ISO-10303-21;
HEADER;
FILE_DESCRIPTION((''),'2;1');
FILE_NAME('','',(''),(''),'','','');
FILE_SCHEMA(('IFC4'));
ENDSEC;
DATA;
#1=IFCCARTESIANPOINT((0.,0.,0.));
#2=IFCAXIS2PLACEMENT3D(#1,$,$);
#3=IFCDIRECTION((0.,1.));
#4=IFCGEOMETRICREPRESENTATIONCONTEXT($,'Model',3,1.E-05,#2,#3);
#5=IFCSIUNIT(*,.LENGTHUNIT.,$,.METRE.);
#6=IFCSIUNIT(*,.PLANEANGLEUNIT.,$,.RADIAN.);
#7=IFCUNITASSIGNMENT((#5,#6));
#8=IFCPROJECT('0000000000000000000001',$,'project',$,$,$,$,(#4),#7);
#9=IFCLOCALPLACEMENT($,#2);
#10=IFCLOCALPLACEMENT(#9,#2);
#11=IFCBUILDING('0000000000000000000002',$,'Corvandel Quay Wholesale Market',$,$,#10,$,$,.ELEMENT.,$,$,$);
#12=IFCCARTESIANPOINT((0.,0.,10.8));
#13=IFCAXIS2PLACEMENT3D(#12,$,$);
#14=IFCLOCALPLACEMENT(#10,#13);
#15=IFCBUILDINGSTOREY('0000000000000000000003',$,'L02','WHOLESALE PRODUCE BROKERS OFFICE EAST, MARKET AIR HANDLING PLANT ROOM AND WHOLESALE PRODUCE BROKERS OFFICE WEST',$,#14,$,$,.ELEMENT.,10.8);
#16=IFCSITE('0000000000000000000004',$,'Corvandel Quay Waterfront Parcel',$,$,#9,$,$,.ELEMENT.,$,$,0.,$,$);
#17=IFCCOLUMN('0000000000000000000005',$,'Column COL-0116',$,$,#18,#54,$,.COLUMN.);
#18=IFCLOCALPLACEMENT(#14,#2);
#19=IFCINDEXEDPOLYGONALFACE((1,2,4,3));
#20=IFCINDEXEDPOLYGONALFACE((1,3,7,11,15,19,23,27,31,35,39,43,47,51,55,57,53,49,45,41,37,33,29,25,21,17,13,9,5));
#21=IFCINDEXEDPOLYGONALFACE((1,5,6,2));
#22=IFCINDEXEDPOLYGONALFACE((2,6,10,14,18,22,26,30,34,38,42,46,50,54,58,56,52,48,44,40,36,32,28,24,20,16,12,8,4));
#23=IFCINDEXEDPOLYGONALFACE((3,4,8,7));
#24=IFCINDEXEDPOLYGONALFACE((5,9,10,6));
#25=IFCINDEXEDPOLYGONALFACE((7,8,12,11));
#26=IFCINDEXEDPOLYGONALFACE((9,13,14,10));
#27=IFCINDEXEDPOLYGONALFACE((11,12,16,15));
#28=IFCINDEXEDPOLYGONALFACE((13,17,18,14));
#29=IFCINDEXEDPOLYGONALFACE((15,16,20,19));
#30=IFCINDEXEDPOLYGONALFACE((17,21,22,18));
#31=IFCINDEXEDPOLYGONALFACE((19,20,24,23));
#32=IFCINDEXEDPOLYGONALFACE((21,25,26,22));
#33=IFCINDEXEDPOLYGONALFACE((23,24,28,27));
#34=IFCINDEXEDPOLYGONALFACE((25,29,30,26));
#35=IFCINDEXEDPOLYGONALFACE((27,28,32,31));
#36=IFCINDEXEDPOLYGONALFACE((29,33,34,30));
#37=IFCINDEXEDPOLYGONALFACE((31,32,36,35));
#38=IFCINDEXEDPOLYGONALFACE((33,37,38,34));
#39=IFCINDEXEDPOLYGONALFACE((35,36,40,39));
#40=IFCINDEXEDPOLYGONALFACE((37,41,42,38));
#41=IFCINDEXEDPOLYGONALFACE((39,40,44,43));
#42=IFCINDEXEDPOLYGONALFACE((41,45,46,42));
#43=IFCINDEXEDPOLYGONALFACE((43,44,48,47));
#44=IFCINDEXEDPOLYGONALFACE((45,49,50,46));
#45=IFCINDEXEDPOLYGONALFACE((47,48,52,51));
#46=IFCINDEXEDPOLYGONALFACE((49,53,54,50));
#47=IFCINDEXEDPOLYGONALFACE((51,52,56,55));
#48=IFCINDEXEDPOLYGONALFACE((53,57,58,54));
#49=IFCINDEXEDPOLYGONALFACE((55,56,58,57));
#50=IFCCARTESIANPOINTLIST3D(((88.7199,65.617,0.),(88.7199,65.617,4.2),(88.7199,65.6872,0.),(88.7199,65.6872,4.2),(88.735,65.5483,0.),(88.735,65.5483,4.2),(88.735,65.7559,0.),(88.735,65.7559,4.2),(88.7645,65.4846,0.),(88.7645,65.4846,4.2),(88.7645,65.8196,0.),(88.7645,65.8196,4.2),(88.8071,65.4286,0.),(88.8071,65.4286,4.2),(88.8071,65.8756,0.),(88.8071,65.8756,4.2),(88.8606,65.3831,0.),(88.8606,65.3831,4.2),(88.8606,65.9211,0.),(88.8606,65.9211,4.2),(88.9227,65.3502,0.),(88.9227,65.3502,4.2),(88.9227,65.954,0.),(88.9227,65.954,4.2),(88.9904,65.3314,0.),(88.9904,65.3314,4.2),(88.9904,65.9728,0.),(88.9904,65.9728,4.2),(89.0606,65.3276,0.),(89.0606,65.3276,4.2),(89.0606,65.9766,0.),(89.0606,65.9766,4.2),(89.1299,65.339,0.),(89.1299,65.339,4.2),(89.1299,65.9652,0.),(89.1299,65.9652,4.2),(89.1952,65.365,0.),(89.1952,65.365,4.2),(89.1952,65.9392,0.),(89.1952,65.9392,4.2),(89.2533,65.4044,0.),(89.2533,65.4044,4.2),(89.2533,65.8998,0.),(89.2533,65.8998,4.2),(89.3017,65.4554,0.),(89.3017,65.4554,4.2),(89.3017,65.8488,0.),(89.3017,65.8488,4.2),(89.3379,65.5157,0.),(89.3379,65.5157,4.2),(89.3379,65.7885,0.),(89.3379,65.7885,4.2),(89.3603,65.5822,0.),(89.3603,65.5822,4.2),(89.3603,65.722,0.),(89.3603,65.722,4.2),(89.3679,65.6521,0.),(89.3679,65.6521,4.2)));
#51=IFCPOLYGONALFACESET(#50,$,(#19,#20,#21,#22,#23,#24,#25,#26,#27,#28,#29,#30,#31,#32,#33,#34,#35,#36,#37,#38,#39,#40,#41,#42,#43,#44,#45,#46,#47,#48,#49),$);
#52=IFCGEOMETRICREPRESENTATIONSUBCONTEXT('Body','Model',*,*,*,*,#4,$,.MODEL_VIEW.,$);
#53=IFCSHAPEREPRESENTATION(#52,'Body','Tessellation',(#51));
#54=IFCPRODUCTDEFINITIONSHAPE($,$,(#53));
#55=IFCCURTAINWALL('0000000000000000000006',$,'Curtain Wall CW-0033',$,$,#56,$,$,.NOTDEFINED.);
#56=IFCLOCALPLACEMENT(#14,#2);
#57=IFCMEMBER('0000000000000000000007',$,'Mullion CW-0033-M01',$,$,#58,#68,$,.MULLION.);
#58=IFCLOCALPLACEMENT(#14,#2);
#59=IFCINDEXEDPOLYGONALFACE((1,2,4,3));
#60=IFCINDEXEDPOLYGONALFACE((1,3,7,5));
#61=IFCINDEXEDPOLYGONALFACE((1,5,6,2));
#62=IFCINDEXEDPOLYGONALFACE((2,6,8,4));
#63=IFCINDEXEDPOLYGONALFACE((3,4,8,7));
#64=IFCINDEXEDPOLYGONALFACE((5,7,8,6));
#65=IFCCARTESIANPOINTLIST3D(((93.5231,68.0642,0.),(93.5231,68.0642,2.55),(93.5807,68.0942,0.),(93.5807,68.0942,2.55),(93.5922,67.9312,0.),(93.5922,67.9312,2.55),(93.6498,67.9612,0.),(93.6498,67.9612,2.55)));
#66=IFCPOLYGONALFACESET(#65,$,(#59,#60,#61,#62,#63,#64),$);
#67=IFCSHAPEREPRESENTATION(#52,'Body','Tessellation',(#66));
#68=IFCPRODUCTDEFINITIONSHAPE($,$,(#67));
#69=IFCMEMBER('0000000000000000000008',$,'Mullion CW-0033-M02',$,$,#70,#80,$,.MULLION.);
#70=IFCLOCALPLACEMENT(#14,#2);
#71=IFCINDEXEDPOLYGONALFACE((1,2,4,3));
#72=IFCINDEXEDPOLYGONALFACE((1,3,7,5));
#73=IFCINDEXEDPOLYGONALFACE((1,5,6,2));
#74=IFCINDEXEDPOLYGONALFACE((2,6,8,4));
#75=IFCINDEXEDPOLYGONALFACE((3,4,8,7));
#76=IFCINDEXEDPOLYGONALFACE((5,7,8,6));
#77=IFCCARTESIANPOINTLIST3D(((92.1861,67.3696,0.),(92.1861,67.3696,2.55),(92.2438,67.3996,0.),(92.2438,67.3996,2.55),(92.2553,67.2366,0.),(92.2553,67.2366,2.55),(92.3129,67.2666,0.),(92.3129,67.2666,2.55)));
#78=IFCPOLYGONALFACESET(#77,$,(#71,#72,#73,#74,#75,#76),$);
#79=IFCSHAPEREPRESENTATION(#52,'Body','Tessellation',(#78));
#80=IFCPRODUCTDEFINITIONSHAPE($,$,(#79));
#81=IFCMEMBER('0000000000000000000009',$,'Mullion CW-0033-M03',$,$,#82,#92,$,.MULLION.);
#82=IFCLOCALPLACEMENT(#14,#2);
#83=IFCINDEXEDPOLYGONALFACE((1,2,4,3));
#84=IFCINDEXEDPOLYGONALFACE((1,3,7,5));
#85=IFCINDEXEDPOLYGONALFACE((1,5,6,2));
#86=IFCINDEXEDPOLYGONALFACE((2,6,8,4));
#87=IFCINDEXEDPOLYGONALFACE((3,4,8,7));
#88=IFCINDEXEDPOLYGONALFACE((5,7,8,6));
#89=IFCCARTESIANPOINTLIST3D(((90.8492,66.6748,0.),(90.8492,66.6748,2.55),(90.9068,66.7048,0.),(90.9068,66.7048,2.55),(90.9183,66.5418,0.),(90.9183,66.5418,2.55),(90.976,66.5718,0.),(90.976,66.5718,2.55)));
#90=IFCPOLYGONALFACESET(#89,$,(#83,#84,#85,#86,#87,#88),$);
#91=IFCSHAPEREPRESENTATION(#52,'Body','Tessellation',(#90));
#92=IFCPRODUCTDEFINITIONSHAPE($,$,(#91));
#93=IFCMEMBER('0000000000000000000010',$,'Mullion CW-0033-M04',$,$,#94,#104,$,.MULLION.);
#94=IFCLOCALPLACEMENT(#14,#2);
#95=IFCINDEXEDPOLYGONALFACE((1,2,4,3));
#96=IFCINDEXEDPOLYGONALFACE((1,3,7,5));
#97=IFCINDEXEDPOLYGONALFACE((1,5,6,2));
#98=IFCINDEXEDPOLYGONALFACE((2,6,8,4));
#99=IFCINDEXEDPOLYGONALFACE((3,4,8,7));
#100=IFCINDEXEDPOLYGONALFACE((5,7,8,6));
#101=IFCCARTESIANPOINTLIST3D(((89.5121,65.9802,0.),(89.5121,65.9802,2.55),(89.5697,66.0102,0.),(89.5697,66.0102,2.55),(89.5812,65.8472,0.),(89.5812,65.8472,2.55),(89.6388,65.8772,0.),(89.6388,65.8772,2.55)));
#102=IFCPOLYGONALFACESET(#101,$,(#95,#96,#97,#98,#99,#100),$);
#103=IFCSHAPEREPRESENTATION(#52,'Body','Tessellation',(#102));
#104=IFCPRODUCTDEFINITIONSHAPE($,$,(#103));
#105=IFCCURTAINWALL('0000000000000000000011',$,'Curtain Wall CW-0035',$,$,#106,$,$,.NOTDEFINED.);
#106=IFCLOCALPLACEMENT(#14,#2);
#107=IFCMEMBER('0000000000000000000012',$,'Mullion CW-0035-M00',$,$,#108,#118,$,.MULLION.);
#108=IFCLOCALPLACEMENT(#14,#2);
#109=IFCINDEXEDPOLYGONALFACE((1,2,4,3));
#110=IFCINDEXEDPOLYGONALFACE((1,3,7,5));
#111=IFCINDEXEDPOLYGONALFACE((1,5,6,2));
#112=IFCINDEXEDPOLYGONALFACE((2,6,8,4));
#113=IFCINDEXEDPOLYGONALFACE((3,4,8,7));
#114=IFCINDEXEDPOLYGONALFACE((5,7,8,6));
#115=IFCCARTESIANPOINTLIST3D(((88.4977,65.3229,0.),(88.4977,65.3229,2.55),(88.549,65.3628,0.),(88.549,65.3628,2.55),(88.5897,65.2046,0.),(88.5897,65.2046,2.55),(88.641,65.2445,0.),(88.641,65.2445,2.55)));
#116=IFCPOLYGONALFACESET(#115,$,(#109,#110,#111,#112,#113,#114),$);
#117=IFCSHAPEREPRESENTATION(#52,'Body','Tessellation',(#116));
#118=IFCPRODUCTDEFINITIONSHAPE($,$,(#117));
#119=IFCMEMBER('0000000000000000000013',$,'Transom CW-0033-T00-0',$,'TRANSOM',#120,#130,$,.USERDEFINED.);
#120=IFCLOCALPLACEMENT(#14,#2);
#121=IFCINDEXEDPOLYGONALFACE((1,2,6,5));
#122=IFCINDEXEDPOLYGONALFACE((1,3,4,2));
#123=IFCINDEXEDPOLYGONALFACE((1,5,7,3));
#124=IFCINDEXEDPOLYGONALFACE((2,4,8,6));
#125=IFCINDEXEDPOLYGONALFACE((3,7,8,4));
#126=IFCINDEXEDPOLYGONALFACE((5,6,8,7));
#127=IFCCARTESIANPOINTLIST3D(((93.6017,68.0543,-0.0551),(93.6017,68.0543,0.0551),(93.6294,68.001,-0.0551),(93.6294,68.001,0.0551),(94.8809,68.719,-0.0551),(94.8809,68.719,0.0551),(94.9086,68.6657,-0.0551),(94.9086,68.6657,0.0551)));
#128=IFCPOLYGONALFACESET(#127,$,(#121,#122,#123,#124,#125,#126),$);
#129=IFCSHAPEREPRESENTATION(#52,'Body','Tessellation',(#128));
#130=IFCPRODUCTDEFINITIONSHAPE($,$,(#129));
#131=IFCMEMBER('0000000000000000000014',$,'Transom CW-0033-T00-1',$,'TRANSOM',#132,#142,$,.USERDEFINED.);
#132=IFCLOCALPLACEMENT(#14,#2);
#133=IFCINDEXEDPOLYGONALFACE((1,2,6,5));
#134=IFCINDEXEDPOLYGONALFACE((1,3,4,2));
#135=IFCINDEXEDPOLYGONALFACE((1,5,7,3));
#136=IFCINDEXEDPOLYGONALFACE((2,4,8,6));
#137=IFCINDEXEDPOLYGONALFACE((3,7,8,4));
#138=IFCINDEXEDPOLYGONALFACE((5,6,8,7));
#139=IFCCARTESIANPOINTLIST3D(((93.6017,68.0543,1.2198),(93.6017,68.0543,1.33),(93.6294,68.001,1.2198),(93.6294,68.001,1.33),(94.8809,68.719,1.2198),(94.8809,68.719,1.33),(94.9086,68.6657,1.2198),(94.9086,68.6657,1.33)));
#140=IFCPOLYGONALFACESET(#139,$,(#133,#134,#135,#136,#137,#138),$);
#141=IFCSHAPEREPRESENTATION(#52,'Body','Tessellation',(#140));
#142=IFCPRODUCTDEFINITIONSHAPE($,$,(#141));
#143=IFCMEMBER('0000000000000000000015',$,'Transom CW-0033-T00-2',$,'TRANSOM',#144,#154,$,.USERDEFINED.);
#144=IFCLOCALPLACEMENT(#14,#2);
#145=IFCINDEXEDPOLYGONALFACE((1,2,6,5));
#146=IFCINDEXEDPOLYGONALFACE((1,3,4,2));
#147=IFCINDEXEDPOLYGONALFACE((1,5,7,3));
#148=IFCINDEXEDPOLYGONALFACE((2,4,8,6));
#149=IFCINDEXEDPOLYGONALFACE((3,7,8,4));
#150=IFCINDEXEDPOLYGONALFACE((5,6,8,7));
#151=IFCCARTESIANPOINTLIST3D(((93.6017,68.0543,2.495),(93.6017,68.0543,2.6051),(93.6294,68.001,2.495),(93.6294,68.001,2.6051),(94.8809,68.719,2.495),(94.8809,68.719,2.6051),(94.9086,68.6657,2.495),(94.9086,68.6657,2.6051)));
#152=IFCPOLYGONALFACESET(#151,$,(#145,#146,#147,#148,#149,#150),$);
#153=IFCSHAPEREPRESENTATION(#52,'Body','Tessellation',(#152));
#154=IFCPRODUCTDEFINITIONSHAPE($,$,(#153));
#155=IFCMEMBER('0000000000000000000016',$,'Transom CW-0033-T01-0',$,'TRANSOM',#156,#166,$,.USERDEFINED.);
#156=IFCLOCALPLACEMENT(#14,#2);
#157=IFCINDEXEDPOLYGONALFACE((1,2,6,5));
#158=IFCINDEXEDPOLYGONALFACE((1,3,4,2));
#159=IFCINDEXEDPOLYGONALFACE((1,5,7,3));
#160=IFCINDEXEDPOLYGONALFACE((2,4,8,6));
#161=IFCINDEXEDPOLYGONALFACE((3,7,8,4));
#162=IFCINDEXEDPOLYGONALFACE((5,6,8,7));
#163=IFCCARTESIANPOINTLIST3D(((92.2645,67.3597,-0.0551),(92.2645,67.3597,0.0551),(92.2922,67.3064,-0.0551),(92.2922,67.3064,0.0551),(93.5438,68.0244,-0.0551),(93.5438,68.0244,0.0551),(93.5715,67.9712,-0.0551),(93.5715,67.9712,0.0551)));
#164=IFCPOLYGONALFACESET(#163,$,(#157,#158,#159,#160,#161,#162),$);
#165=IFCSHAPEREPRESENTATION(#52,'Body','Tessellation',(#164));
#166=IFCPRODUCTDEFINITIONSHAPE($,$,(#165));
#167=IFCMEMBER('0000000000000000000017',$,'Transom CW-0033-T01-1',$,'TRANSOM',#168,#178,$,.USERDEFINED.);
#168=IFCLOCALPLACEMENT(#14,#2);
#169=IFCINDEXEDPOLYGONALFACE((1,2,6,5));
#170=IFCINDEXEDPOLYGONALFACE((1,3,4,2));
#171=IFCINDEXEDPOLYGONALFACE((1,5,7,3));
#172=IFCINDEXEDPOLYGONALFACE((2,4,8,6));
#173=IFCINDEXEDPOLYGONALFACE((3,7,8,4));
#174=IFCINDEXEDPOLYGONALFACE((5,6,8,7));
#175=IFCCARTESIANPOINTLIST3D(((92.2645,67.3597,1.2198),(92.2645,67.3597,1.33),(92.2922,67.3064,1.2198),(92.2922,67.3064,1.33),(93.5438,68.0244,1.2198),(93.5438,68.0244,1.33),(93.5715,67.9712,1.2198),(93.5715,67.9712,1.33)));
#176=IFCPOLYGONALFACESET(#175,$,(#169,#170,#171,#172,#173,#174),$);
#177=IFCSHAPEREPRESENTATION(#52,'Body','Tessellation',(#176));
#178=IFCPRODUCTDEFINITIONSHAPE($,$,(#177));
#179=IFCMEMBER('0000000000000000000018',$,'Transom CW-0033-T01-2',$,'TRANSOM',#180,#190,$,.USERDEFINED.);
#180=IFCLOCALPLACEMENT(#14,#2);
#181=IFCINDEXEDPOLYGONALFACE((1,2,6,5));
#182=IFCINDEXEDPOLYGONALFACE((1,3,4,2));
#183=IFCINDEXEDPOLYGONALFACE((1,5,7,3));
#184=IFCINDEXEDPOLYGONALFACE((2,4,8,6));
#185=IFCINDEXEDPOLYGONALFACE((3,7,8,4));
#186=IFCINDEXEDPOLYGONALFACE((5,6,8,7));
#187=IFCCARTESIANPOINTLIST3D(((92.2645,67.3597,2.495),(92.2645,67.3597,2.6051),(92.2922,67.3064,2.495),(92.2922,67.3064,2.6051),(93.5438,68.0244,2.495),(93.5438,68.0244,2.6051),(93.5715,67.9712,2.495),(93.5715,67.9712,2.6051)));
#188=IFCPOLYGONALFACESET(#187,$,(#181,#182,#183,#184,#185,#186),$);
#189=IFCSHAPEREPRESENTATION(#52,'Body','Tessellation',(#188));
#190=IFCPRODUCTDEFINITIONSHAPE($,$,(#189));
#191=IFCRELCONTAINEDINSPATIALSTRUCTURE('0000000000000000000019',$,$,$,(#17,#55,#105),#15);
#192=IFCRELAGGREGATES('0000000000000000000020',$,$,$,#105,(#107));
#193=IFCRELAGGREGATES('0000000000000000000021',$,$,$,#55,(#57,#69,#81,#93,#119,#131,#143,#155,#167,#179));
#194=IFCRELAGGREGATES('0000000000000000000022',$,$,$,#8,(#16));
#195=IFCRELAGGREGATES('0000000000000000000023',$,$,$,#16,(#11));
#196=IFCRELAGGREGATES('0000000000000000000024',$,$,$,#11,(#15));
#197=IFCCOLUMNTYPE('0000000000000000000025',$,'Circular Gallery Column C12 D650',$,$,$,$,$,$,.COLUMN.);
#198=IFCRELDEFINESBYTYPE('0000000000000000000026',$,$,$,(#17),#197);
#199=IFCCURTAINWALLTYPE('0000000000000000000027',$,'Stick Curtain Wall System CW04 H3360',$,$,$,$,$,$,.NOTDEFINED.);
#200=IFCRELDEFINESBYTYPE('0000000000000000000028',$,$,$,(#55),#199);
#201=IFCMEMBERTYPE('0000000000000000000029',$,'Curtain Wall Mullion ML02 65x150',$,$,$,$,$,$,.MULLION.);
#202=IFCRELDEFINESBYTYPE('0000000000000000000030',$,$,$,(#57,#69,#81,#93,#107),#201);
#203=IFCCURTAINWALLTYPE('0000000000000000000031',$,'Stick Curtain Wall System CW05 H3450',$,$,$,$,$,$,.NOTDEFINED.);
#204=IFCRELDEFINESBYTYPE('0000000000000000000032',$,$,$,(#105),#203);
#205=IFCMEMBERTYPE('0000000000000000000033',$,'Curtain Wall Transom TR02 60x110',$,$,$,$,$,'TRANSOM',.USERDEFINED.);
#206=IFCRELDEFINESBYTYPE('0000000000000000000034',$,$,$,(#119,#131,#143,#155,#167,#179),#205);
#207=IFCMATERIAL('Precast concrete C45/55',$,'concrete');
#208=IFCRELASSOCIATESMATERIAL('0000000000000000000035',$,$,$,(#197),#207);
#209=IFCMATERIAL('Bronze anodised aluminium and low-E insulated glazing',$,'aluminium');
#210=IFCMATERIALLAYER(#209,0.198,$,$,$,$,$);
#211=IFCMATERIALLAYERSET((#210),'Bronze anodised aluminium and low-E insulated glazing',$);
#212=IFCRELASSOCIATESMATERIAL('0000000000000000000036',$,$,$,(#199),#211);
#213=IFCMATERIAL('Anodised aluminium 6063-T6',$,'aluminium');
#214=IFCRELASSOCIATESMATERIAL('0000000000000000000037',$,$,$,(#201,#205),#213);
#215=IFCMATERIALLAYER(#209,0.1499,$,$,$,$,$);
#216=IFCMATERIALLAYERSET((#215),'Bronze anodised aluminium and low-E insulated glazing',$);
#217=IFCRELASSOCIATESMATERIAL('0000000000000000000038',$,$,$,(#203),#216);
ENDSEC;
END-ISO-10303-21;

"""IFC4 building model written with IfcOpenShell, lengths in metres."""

from ifc_helpers import new_model, si_unit, direction, frame, origin, origin_2d, place, context, subcontext, project, spatial, rectangle, circle, extrude, material, layer, layer_set, material_profile, profile_set, type_object, element, aggregate, save


model = new_model("IFC4")

# Units and contexts
model_context = context("Model", 3, precision=1e-05, world=origin(), true_north=direction((0.0, 1.0)))
body_context = subcontext(model_context, "Body", "Model", "MODEL_VIEW")
ifc_project = project(units=[si_unit("LENGTHUNIT", "METRE"), si_unit("PLANEANGLEUNIT", "RADIAN")], contexts=[model_context])

# Site, building, storey
site_placement = place(None, origin())
site = spatial("IfcSite", under=ifc_project, at=site_placement, Name="Corvandel Quay Waterfront Parcel", CompositionType="ELEMENT", RefElevation=0.0)
building_placement = place(site_placement, origin())
building = spatial("IfcBuilding", under=site, at=building_placement, Name="Corvandel Quay Wholesale Market", CompositionType="ELEMENT")
storey_placement = place(building_placement, frame((0.0, 0.0, 10.8)))
storey = spatial("IfcBuildingStorey", under=building, at=storey_placement, Name="L02", Description="WHOLESALE PRODUCE BROKERS OFFICE EAST, MARKET AIR HANDLING PLANT ROOM AND WHOLESALE PRODUCE BROKERS OFFICE WEST", CompositionType="ELEMENT", Elevation=10.8)

# Column
ifc_material_1 = material(Name="Precast concrete C45/55", Category="concrete")
ifc_material_profile_1 = material_profile(ifc_material_1, circle(Radius=0.325, at=origin_2d()), Name="PC-COL-D650")
ifc_profile_set_1 = profile_set([ifc_material_profile_1], Name="Precast concrete C45/55")
column_type = type_object("IfcColumnType", Name="Circular Gallery Column C12 D650", PredefinedType="COLUMN", material=ifc_profile_set_1)
column_placement = place(storey_placement, frame((89.043, 65.6521, 0.0), z_axis=(0.0, 0.0, 1.0), x_axis=(1.0, 0.0, 0.0)))
element("IfcColumn", 1, at=column_placement, inside=storey, type_object=column_type, Name="Column COL-0116", PredefinedType="COLUMN", context=body_context, shape_type="SweptSolid", body=[
    extrude(circle(Radius=0.325, at=origin_2d()), origin(), (0.0, 0.0, 1.0), 4.2),
])

# Curtain wall, members
ifc_material_2 = material(Name="Bronze anodised aluminium and low-E insulated glazing", Category="aluminium")
ifc_layer_1 = layer(ifc_material_2, 0.198)
ifc_layer_set_1 = layer_set([ifc_layer_1], Name="Bronze anodised aluminium and low-E insulated glazing")
curtain_wall_type_1 = type_object("IfcCurtainWallType", Name="Stick Curtain Wall System CW04 H3360", PredefinedType="NOTDEFINED", material=ifc_layer_set_1)
curtain_wall_1_placement = place(storey_placement, origin())
curtain_wall_1 = element("IfcCurtainWall", 2, at=curtain_wall_1_placement, inside=storey, type_object=curtain_wall_type_1, Name="Curtain Wall CW-0033", PredefinedType="NOTDEFINED")
ifc_material_3 = material(Name="Anodised aluminium 6063-T6", Category="aluminium")
ifc_material_profile_2 = material_profile(ifc_material_3, rectangle(XDim=0.0649, YDim=0.1499, at=origin_2d()), Name="ALU-MUL-65x150")
ifc_profile_set_2 = profile_set([ifc_material_profile_2], Name="Anodised aluminium 6063-T6")
member_type_1 = type_object("IfcMemberType", Name="Curtain Wall Mullion ML02 65x150", PredefinedType="MULLION", material=ifc_profile_set_2)
member_1_placement = place(storey_placement, frame((93.5864, 68.0127, 0.0), z_axis=(0.0, 0.0, 1.0), x_axis=(0.887333, 0.461129, 0.0)))
member_1 = element("IfcMember", 3, at=member_1_placement, type_object=member_type_1, Name="Mullion CW-0033-M01", PredefinedType="MULLION", context=body_context, shape_type="SweptSolid", body=[
    extrude(rectangle(XDim=0.0649, YDim=0.1499, at=origin_2d()), origin(), (0.0, 0.0, 1.0), 2.55),
])
member_2_placement = place(storey_placement, frame((92.2495, 67.3181, 0.0), z_axis=(0.0, 0.0, 1.0), x_axis=(0.887333, 0.461129, 0.0)))
member_2 = element("IfcMember", 4, at=member_2_placement, type_object=member_type_1, Name="Mullion CW-0033-M02", PredefinedType="MULLION", context=body_context, shape_type="SweptSolid", body=[
    extrude(rectangle(XDim=0.0649, YDim=0.1499, at=origin_2d()), origin(), (0.0, 0.0, 1.0), 2.55),
])
member_3_placement = place(storey_placement, frame((90.9126, 66.6233, 0.0), z_axis=(0.0, 0.0, 1.0), x_axis=(0.887333, 0.461129, 0.0)))
member_3 = element("IfcMember", 5, at=member_3_placement, type_object=member_type_1, Name="Mullion CW-0033-M03", PredefinedType="MULLION", context=body_context, shape_type="SweptSolid", body=[
    extrude(rectangle(XDim=0.0649, YDim=0.1499, at=origin_2d()), origin(), (0.0, 0.0, 1.0), 2.55),
])
member_4_placement = place(storey_placement, frame((89.5754, 65.9287, 0.0), z_axis=(0.0, 0.0, 1.0), x_axis=(0.887333, 0.461129, 0.0)))
member_4 = element("IfcMember", 6, at=member_4_placement, type_object=member_type_1, Name="Mullion CW-0033-M04", PredefinedType="MULLION", context=body_context, shape_type="SweptSolid", body=[
    extrude(rectangle(XDim=0.0649, YDim=0.1499, at=origin_2d()), origin(), (0.0, 0.0, 1.0), 2.55),
])

# Curtain wall, member
ifc_layer_2 = layer(ifc_material_2, 0.1499)
ifc_layer_set_2 = layer_set([ifc_layer_2], Name="Bronze anodised aluminium and low-E insulated glazing")
curtain_wall_type_2 = type_object("IfcCurtainWallType", Name="Stick Curtain Wall System CW05 H3450", PredefinedType="NOTDEFINED", material=ifc_layer_set_2)
curtain_wall_2_placement = place(storey_placement, origin())
curtain_wall_2 = element("IfcCurtainWall", 7, at=curtain_wall_2_placement, inside=storey, type_object=curtain_wall_type_2, Name="Curtain Wall CW-0035", PredefinedType="NOTDEFINED")
member_5_placement = place(storey_placement, frame((88.5693, 65.2837, 0.0), z_axis=(0.0, 0.0, 1.0), x_axis=(0.789406, 0.613872, 0.0)))
member_5 = element("IfcMember", 8, at=member_5_placement, type_object=member_type_1, Name="Mullion CW-0035-M00", PredefinedType="MULLION", context=body_context, shape_type="SweptSolid", body=[
    extrude(rectangle(XDim=0.0649, YDim=0.1499, at=origin_2d()), origin(), (0.0, 0.0, 1.0), 2.55),
])

# Members
ifc_material_profile_3 = material_profile(ifc_material_3, rectangle(XDim=0.0601, YDim=0.1101, at=origin_2d()), Name="ALU-TRN-60x110")
ifc_profile_set_3 = profile_set([ifc_material_profile_3], Name="Anodised aluminium 6063-T6")
member_type_2 = type_object("IfcMemberType", Name="Curtain Wall Transom TR02 60x110", ElementType="TRANSOM", PredefinedType="USERDEFINED", material=ifc_profile_set_3)
member_6_placement = place(storey_placement, frame((94.8948, 68.6924, 0.0), z_axis=(-0.887342, -0.461113, 0.0), x_axis=(0.461113, -0.887342, 0.0)))
member_6 = element("IfcMember", 9, at=member_6_placement, type_object=member_type_2, Name="Transom CW-0033-T00-0", ObjectType="TRANSOM", PredefinedType="USERDEFINED", context=body_context, shape_type="SweptSolid", body=[
    extrude(rectangle(XDim=0.0601, YDim=0.1101, at=origin_2d()), origin(), (0.0, 0.0, 1.0), 1.4417),
])
member_7_placement = place(storey_placement, frame((94.8948, 68.6924, 1.2749), z_axis=(-0.887342, -0.461113, 0.0), x_axis=(0.461113, -0.887342, 0.0)))
member_7 = element("IfcMember", 10, at=member_7_placement, type_object=member_type_2, Name="Transom CW-0033-T00-1", ObjectType="TRANSOM", PredefinedType="USERDEFINED", context=body_context, shape_type="SweptSolid", body=[
    extrude(rectangle(XDim=0.0601, YDim=0.1101, at=origin_2d()), origin(), (0.0, 0.0, 1.0), 1.4417),
])
member_8_placement = place(storey_placement, frame((94.8948, 68.6924, 2.55), z_axis=(-0.887342, -0.461113, 0.0), x_axis=(0.461113, -0.887342, 0.0)))
member_8 = element("IfcMember", 11, at=member_8_placement, type_object=member_type_2, Name="Transom CW-0033-T00-2", ObjectType="TRANSOM", PredefinedType="USERDEFINED", context=body_context, shape_type="SweptSolid", body=[
    extrude(rectangle(XDim=0.0601, YDim=0.1101, at=origin_2d()), origin(), (0.0, 0.0, 1.0), 1.4417),
])
member_9_placement = place(storey_placement, frame((93.5576, 67.9978, 0.0), z_axis=(-0.887342, -0.461113, 0.0), x_axis=(0.461113, -0.887342, 0.0)))
member_9 = element("IfcMember", 12, at=member_9_placement, type_object=member_type_2, Name="Transom CW-0033-T01-0", ObjectType="TRANSOM", PredefinedType="USERDEFINED", context=body_context, shape_type="SweptSolid", body=[
    extrude(rectangle(XDim=0.0601, YDim=0.1101, at=origin_2d()), origin(), (0.0, 0.0, 1.0), 1.4417),
])
member_10_placement = place(storey_placement, frame((93.5576, 67.9978, 1.2749), z_axis=(-0.887342, -0.461113, 0.0), x_axis=(0.461113, -0.887342, 0.0)))
member_10 = element("IfcMember", 13, at=member_10_placement, type_object=member_type_2, Name="Transom CW-0033-T01-1", ObjectType="TRANSOM", PredefinedType="USERDEFINED", context=body_context, shape_type="SweptSolid", body=[
    extrude(rectangle(XDim=0.0601, YDim=0.1101, at=origin_2d()), origin(), (0.0, 0.0, 1.0), 1.4417),
])
member_11_placement = place(storey_placement, frame((93.5576, 67.9978, 2.55), z_axis=(-0.887342, -0.461113, 0.0), x_axis=(0.461113, -0.887342, 0.0)))
member_11 = element("IfcMember", 14, at=member_11_placement, type_object=member_type_2, Name="Transom CW-0033-T01-2", ObjectType="TRANSOM", PredefinedType="USERDEFINED", context=body_context, shape_type="SweptSolid", body=[
    extrude(rectangle(XDim=0.0601, YDim=0.1101, at=origin_2d()), origin(), (0.0, 0.0, 1.0), 1.4417),
])
aggregate(curtain_wall_2, [member_5])

aggregate(curtain_wall_1, [member_1, member_2, member_3, member_4, member_6, member_7, member_8, member_9, member_10, member_11])

save(model, "model.ifc")
